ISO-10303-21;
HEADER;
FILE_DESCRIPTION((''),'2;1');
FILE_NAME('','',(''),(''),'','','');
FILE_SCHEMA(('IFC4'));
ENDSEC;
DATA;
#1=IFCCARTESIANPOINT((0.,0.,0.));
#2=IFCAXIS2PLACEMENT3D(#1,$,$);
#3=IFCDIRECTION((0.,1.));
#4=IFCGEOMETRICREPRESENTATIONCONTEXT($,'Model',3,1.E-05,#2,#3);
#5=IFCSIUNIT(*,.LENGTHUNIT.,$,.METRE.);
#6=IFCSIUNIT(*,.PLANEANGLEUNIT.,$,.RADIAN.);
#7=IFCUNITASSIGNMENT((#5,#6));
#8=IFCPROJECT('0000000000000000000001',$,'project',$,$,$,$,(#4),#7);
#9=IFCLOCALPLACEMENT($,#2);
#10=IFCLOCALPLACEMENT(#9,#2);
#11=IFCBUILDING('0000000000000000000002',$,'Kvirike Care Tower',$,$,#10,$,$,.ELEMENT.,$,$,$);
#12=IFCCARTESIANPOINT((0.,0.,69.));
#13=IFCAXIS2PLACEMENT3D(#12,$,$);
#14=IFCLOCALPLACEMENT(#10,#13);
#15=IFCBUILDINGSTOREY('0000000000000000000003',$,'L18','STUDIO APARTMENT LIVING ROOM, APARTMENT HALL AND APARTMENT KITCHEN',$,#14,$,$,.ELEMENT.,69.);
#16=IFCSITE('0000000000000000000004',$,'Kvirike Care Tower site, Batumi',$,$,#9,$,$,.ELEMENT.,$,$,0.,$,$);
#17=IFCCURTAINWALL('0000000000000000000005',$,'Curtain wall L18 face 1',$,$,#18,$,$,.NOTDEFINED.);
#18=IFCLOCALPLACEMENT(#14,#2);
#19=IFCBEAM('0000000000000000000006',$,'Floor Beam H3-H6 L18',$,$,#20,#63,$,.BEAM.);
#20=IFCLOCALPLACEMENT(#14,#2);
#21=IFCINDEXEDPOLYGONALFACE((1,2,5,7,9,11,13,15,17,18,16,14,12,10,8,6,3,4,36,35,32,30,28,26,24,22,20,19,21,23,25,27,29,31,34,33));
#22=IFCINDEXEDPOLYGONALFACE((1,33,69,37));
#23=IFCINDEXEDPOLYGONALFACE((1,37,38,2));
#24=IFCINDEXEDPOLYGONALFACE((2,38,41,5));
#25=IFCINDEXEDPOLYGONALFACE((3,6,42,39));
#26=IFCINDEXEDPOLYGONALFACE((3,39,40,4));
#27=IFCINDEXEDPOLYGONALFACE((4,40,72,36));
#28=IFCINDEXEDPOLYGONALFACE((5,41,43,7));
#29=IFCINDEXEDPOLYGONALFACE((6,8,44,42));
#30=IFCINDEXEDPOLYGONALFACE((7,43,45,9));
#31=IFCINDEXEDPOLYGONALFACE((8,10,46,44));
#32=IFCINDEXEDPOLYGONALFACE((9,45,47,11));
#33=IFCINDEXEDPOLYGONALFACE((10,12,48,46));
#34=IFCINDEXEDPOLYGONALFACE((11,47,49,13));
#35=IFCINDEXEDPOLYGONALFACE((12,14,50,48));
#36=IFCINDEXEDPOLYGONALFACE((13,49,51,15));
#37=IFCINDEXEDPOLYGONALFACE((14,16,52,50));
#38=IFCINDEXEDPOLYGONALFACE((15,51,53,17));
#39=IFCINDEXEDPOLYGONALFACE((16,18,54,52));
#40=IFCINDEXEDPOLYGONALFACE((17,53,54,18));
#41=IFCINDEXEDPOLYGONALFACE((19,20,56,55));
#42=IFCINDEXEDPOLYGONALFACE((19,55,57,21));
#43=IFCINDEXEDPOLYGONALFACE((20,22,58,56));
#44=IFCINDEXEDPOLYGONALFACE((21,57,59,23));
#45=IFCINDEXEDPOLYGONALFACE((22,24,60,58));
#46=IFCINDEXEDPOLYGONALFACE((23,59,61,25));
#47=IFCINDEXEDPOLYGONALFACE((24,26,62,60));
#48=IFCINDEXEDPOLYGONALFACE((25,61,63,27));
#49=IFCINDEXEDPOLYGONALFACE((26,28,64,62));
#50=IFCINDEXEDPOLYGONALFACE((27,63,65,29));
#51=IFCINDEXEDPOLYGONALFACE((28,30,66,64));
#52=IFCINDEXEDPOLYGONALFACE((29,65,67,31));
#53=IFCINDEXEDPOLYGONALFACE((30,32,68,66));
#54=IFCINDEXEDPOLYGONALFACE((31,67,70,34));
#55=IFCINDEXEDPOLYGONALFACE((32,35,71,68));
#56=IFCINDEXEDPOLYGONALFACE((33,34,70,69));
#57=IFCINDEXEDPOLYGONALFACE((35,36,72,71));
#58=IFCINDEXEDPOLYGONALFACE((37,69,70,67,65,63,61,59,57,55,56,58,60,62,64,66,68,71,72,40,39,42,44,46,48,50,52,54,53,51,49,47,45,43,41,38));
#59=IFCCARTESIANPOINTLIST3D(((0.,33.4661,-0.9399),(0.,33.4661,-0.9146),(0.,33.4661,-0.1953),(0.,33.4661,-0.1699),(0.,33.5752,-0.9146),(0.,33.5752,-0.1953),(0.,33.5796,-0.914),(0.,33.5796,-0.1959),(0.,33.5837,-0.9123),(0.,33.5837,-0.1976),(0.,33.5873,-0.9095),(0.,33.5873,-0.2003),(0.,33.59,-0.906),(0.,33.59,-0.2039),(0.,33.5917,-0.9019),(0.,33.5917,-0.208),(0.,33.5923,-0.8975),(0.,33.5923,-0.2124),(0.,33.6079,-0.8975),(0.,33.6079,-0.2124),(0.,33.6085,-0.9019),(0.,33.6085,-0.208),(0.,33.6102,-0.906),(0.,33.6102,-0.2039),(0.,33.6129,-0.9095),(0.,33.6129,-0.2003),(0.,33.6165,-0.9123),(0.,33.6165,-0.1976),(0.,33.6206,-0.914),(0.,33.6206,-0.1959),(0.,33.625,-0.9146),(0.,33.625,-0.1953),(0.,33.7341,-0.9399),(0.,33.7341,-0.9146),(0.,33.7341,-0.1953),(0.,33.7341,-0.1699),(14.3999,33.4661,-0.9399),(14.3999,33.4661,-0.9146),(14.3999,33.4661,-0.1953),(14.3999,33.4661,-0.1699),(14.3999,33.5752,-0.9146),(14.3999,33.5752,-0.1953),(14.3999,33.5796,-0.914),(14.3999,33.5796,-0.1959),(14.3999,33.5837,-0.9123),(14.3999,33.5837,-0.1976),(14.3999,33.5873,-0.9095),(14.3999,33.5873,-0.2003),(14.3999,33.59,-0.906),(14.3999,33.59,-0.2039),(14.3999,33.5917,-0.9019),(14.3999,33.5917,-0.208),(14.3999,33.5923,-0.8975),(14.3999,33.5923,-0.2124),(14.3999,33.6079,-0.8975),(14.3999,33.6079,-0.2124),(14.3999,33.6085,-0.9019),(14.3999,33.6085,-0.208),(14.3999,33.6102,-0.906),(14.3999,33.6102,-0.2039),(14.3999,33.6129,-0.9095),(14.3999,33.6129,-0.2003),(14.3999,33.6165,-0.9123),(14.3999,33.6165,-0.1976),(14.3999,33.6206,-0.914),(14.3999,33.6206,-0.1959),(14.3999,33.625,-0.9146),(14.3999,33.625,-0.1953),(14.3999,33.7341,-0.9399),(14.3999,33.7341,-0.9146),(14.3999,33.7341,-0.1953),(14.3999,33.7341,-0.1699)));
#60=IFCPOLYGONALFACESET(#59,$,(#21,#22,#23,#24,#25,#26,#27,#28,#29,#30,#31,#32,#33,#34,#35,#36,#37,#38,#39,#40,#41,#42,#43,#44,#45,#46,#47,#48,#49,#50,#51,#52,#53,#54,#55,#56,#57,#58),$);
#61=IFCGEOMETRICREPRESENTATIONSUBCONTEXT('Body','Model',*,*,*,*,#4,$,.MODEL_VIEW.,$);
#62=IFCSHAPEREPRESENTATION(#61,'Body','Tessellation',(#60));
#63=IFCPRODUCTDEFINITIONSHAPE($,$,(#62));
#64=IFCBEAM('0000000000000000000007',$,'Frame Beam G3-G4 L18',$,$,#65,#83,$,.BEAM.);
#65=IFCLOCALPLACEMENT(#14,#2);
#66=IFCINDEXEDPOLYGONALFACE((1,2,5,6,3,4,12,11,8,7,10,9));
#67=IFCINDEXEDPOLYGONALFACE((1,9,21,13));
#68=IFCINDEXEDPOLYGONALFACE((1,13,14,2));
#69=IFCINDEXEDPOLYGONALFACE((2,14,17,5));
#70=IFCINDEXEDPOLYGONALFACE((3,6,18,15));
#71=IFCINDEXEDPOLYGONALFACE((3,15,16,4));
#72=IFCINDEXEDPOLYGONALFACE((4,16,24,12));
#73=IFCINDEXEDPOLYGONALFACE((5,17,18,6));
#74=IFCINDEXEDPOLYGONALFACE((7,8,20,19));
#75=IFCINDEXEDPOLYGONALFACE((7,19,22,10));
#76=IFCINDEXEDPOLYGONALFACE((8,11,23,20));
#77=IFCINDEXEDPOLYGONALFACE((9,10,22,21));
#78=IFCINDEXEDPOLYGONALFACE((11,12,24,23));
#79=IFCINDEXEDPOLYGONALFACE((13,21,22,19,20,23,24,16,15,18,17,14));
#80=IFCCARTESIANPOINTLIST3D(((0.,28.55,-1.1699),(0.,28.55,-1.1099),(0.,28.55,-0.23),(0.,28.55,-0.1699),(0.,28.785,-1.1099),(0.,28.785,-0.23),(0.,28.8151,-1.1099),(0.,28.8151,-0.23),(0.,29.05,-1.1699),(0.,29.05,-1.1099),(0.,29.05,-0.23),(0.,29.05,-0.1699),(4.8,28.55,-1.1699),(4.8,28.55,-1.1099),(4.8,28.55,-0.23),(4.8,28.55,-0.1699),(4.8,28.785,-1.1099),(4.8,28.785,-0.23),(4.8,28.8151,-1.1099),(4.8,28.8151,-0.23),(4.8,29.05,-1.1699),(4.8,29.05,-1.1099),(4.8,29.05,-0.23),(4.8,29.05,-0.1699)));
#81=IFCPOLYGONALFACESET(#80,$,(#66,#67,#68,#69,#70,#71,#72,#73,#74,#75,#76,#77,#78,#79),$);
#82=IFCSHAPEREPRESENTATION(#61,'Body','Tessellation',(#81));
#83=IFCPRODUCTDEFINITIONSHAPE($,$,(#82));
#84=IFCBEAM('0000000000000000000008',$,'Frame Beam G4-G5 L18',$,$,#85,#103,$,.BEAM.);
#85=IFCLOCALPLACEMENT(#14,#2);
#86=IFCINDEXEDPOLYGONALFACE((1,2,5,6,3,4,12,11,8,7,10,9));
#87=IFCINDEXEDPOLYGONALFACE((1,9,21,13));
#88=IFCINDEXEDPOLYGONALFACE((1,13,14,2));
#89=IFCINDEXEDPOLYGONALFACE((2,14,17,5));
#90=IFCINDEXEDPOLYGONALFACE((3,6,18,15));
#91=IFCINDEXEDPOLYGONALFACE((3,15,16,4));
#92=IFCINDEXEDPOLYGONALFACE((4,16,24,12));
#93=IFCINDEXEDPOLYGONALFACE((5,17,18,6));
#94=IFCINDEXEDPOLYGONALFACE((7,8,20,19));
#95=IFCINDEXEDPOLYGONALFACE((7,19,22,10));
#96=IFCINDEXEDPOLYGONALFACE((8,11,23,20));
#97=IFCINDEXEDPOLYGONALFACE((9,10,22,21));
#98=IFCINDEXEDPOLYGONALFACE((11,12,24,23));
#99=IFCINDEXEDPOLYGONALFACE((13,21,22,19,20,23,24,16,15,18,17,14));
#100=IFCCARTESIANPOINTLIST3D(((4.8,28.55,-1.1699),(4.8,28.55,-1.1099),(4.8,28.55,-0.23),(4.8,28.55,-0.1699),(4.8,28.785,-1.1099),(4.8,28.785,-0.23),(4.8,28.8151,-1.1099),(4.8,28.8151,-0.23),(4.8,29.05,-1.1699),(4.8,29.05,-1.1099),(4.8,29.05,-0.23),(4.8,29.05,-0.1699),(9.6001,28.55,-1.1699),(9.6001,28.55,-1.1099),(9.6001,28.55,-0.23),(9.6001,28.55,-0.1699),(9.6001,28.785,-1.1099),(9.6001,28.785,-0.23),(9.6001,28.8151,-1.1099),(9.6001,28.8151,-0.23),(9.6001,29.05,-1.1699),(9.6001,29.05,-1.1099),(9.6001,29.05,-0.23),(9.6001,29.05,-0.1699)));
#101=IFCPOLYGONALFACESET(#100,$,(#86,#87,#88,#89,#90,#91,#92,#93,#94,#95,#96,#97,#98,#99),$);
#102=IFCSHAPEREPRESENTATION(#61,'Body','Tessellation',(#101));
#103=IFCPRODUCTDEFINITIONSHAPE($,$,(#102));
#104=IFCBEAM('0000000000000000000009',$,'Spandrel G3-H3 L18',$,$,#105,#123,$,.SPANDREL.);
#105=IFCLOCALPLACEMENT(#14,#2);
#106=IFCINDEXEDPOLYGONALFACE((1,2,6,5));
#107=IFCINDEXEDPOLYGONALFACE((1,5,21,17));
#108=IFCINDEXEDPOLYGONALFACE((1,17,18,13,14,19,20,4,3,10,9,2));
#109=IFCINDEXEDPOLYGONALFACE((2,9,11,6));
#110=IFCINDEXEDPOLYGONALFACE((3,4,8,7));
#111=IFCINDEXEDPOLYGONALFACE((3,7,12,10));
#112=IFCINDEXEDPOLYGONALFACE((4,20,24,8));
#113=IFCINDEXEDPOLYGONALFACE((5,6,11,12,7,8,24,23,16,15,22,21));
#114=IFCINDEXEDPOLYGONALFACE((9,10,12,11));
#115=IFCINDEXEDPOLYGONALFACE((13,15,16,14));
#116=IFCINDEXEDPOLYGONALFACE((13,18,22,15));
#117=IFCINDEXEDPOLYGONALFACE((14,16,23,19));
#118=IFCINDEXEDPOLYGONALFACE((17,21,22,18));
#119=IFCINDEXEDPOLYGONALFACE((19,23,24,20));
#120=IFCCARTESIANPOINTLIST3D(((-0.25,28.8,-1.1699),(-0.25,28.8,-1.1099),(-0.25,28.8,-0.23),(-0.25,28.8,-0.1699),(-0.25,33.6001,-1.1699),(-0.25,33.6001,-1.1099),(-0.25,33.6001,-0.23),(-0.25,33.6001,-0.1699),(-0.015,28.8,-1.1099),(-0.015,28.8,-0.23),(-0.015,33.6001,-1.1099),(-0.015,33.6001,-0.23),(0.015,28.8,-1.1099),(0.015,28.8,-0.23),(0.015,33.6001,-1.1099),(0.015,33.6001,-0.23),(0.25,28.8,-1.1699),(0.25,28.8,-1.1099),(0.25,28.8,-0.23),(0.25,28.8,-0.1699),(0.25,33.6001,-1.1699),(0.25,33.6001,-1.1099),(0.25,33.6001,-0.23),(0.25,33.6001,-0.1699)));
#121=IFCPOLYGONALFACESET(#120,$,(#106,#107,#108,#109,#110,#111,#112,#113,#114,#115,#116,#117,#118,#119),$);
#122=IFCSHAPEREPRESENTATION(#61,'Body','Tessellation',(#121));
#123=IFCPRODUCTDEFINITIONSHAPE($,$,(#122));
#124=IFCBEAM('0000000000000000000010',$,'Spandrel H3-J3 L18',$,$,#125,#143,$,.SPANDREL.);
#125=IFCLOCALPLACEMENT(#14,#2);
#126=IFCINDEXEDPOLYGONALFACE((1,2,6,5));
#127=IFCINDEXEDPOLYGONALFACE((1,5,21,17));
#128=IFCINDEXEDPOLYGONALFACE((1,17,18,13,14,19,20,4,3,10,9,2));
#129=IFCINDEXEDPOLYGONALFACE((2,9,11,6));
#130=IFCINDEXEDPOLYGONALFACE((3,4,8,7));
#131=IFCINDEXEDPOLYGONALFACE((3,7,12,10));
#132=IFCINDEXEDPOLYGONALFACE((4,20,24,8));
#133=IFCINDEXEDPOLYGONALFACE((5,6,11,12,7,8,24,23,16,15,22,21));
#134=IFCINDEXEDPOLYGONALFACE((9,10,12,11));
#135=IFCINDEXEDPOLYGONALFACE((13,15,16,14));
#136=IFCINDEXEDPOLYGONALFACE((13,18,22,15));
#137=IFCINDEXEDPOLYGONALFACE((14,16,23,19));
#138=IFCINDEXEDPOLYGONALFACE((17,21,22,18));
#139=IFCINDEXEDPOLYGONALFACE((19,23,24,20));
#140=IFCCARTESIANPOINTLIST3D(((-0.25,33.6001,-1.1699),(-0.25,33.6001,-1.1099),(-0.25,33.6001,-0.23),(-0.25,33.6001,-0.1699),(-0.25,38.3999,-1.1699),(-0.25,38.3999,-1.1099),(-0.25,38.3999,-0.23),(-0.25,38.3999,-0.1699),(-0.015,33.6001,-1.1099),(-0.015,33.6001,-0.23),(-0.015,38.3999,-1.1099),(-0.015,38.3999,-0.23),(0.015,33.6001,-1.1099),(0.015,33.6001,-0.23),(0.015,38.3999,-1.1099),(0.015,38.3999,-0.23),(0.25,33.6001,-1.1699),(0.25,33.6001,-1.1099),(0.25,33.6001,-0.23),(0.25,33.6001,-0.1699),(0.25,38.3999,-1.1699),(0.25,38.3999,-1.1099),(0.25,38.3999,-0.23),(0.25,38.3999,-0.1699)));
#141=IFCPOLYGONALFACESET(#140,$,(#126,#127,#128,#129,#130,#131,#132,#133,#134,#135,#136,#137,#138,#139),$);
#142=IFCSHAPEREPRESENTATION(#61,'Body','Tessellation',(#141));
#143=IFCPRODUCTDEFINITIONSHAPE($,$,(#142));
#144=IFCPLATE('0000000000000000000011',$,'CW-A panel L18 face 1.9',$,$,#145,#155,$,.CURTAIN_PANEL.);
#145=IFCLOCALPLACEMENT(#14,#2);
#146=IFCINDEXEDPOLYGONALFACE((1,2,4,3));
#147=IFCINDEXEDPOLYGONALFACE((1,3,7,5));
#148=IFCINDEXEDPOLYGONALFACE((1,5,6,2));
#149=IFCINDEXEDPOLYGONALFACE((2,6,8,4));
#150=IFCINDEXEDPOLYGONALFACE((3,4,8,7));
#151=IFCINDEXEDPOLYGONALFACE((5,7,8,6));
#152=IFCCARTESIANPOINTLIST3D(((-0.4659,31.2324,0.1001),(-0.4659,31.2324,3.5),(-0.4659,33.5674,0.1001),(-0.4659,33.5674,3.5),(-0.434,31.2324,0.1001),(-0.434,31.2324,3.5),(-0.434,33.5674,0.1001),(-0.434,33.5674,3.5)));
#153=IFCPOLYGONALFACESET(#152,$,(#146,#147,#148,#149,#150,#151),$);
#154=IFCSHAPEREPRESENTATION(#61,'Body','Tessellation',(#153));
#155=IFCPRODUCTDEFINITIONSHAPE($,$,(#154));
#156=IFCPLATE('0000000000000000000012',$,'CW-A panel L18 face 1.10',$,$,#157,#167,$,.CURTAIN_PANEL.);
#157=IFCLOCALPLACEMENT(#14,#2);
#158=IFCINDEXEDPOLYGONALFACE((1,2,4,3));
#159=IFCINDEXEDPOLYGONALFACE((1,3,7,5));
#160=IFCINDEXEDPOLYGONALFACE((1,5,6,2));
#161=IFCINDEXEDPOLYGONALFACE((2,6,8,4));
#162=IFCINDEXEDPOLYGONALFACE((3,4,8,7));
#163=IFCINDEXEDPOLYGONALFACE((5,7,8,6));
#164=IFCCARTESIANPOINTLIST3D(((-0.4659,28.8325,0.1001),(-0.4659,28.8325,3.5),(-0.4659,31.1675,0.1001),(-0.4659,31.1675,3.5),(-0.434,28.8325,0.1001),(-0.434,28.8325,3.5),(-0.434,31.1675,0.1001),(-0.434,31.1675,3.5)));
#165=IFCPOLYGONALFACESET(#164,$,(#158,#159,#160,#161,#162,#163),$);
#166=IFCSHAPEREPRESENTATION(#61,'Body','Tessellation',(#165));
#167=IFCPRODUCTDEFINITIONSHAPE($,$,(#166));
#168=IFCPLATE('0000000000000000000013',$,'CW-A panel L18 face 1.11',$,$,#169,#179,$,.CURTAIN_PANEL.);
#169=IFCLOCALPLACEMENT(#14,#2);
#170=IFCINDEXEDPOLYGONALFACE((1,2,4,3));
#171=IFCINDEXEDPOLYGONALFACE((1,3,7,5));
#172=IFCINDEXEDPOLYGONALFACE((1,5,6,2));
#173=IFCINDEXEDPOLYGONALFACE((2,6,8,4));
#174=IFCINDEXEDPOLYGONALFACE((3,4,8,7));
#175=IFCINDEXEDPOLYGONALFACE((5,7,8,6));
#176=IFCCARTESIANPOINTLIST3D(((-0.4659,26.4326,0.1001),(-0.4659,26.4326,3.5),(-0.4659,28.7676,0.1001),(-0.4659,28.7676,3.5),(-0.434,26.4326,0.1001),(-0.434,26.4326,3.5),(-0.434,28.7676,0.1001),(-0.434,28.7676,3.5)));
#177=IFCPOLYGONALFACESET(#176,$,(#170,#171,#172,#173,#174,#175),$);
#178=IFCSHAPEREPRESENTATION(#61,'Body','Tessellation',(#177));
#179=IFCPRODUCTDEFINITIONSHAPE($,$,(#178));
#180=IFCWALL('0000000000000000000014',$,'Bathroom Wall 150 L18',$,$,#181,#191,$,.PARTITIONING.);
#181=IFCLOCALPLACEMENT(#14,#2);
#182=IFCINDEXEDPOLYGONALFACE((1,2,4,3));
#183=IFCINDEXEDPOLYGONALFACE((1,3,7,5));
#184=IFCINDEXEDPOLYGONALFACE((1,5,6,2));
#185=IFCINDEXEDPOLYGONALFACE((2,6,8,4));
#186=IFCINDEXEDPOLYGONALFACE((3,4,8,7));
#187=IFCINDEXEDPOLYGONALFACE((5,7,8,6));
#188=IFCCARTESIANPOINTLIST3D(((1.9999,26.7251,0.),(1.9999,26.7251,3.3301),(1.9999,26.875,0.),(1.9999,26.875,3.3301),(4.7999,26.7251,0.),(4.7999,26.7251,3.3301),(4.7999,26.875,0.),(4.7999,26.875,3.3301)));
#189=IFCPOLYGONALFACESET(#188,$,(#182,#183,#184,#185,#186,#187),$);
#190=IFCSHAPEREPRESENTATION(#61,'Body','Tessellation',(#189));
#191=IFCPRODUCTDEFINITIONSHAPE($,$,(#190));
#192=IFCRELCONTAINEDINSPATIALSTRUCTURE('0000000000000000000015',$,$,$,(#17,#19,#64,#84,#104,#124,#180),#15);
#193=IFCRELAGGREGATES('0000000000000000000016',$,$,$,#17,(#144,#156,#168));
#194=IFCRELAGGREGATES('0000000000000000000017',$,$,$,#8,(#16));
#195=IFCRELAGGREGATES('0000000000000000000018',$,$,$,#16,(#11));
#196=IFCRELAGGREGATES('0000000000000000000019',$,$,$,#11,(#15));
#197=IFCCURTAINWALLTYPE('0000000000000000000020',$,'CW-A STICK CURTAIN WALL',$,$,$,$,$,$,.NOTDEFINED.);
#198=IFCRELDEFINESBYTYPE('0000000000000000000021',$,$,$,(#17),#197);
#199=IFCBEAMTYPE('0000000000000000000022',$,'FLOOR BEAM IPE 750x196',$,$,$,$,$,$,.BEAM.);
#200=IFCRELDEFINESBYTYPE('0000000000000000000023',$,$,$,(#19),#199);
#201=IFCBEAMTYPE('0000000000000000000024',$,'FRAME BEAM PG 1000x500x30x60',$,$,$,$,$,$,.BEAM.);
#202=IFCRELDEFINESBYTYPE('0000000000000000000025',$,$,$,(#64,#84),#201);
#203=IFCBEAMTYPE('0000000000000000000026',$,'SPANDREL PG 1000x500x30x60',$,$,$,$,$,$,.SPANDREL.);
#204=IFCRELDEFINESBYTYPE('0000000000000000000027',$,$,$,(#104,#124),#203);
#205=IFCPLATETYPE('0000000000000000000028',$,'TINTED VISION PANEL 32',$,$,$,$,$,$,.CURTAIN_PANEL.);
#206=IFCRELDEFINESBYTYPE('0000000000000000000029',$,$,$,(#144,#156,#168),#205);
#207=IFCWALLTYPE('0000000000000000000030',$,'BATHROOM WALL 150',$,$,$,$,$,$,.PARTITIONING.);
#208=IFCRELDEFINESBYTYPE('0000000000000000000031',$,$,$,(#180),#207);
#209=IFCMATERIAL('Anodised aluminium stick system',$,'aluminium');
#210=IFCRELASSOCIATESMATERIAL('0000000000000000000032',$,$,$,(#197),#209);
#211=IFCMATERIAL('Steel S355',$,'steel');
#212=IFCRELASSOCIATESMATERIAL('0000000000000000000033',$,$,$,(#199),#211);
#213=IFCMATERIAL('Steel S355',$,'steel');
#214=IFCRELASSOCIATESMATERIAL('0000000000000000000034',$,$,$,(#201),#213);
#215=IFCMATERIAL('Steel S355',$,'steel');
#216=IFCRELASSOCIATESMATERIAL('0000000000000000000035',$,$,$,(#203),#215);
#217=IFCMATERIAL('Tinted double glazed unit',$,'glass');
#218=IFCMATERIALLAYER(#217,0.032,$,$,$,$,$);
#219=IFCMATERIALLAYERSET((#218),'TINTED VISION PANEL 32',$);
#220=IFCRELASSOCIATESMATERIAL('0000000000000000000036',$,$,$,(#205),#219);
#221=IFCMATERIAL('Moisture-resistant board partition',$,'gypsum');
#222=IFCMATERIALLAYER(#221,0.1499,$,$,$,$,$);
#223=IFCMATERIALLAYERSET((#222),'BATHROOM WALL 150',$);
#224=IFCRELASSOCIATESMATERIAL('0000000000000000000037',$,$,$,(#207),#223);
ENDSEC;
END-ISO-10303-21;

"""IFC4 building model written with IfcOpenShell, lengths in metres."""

from ifc_helpers import new_model, si_unit, direction, frame, frame_2d, origin, origin_2d, place, context, subcontext, project, spatial, rectangle, i_section, extrude, material, layer, layer_set, material_profile, profile_set, type_object, element, aggregate, save


model = new_model("IFC4")

# Units and contexts
model_context = context("Model", 3, precision=1e-05, world=origin(), true_north=direction((0.0, 1.0)))
body_context = subcontext(model_context, "Body", "Model", "MODEL_VIEW")
ifc_project = project(units=[si_unit("LENGTHUNIT", "METRE"), si_unit("PLANEANGLEUNIT", "RADIAN")], contexts=[model_context])

# Site, building, storey
site_placement = place(None, origin())
site = spatial("IfcSite", under=ifc_project, at=site_placement, Name="Kvirike Care Tower site, Batumi", CompositionType="ELEMENT", RefElevation=0.0)
building_placement = place(site_placement, origin())
building = spatial("IfcBuilding", under=site, at=building_placement, Name="Kvirike Care Tower", CompositionType="ELEMENT")
storey_placement = place(building_placement, frame((0.0, 0.0, 69.0)))
storey = spatial("IfcBuildingStorey", under=building, at=storey_placement, Name="L18", Description="STUDIO APARTMENT LIVING ROOM, APARTMENT HALL AND APARTMENT KITCHEN", CompositionType="ELEMENT", Elevation=69.0)

# Curtain wall
ifc_material_1 = material(Name="Anodised aluminium stick system", Category="aluminium")
curtain_wall_type = type_object("IfcCurtainWallType", Name="CW-A STICK CURTAIN WALL", PredefinedType="NOTDEFINED", material=ifc_material_1)
curtain_wall_placement = place(storey_placement, origin())
curtain_wall = element("IfcCurtainWall", 1, at=curtain_wall_placement, inside=storey, type_object=curtain_wall_type, Name="Curtain wall L18 face 1", PredefinedType="NOTDEFINED")

# Beams
ifc_material_2 = material(Name="Steel S355", Category="steel")
ifc_material_profile_1 = material_profile(ifc_material_2, i_section(OverallWidth=0.2681, OverallDepth=0.77, WebThickness=0.0156, FlangeThickness=0.0254, FilletRadius=0.0171, at=origin_2d()), Name="IPE 750x196")
ifc_profile_set_1 = profile_set([ifc_material_profile_1], Name="Steel S355")
beam_type_1 = type_object("IfcBeamType", Name="FLOOR BEAM IPE 750x196", PredefinedType="BEAM", material=ifc_profile_set_1)
beam_1_placement = place(storey_placement, frame((0.0, 33.6001, -0.5549), z_axis=(1.0, 0.0, 0.0), x_axis=(0.0, 1.0, 0.0)))
element("IfcBeam", 2, at=beam_1_placement, inside=storey, type_object=beam_type_1, Name="Floor Beam H3-H6 L18", PredefinedType="BEAM", context=body_context, shape_type="SweptSolid", body=[
    extrude(i_section(OverallWidth=0.2681, OverallDepth=0.77, WebThickness=0.0156, FlangeThickness=0.0254, FilletRadius=0.0171, at=origin_2d()), origin(), (0.0, 0.0, 1.0), 14.3999),
])
ifc_material_3 = material(Name="Steel S355", Category="steel")
ifc_material_profile_2 = material_profile(ifc_material_3, i_section(OverallWidth=0.5, OverallDepth=1.0, WebThickness=0.03, FlangeThickness=0.0601, at=origin_2d()), Name="PG 1000x500x30x60")
ifc_profile_set_2 = profile_set([ifc_material_profile_2], Name="Steel S355")
beam_type_2 = type_object("IfcBeamType", Name="FRAME BEAM PG 1000x500x30x60", PredefinedType="BEAM", material=ifc_profile_set_2)
for number, where, z_axis, x_axis, name in (
    (3, (0.0, 28.8, -0.6699), (1.0, 0.0, 0.0), (0.0, 1.0, 0.0), "Frame Beam G3-G4 L18"),
    (4, (4.8, 28.8, -0.6699), (1.0, 0.0, 0.0), (0.0, 1.0, 0.0), "Frame Beam G4-G5 L18"),
):
    element("IfcBeam", number, at=place(storey_placement, frame(where, z_axis=z_axis, x_axis=x_axis)), inside=storey, type_object=beam_type_2, Name=name, PredefinedType="BEAM", context=body_context, shape_type="SweptSolid", body=[
        extrude(i_section(OverallWidth=0.5, OverallDepth=1.0, WebThickness=0.03, FlangeThickness=0.0601, at=origin_2d()), origin(), (0.0, 0.0, 1.0), 4.8),
    ])
ifc_material_4 = material(Name="Steel S355", Category="steel")
ifc_material_profile_3 = material_profile(ifc_material_4, i_section(OverallWidth=0.5, OverallDepth=1.0, WebThickness=0.03, FlangeThickness=0.0601, at=origin_2d()), Name="PG 1000x500x30x60")
ifc_profile_set_3 = profile_set([ifc_material_profile_3], Name="Steel S355")
beam_type_3 = type_object("IfcBeamType", Name="SPANDREL PG 1000x500x30x60", PredefinedType="SPANDREL", material=ifc_profile_set_3)
beam_2_placement = place(storey_placement, frame((0.0, 28.8, -0.6699), z_axis=(0.0, 1.0, 0.0), x_axis=(-1.0, 0.0, 0.0)))
element("IfcBeam", 5, at=beam_2_placement, inside=storey, type_object=beam_type_3, Name="Spandrel G3-H3 L18", PredefinedType="SPANDREL", context=body_context, shape_type="SweptSolid", body=[
    extrude(i_section(OverallWidth=0.5, OverallDepth=1.0, WebThickness=0.03, FlangeThickness=0.0601, at=origin_2d()), origin(), (0.0, 0.0, 1.0), 4.8),
])
beam_3_placement = place(storey_placement, frame((0.0, 33.6001, -0.6699), z_axis=(0.0, 1.0, 0.0), x_axis=(-1.0, 0.0, 0.0)))
element("IfcBeam", 6, at=beam_3_placement, inside=storey, type_object=beam_type_3, Name="Spandrel H3-J3 L18", PredefinedType="SPANDREL", context=body_context, shape_type="SweptSolid", body=[
    extrude(i_section(OverallWidth=0.5, OverallDepth=1.0, WebThickness=0.03, FlangeThickness=0.0601, at=origin_2d()), origin(), (0.0, 0.0, 1.0), 4.7998),
])

# Plates
ifc_material_5 = material(Name="Tinted double glazed unit", Category="glass")
ifc_layer_1 = layer(ifc_material_5, 0.032)
ifc_layer_set_1 = layer_set([ifc_layer_1], Name="TINTED VISION PANEL 32")
plate_type = type_object("IfcPlateType", Name="TINTED VISION PANEL 32", PredefinedType="CURTAIN_PANEL", material=ifc_layer_set_1)
plate_1_placement = place(storey_placement, frame((-0.45, 32.3999, 0.1001), z_axis=(0.0, 0.0, 1.0), x_axis=(0.0, -1.0, 0.0)))
plate_1 = element("IfcPlate", 7, at=plate_1_placement, type_object=plate_type, Name="CW-A panel L18 face 1.9", PredefinedType="CURTAIN_PANEL", context=body_context, shape_type="SweptSolid", body=[
    extrude(rectangle(XDim=2.335, YDim=0.032, at=origin_2d()), origin(), (0.0, 0.0, 1.0), 3.3999),
])
plate_2_placement = place(storey_placement, frame((-0.45, 30.0, 0.1001), z_axis=(0.0, 0.0, 1.0), x_axis=(0.0, -1.0, 0.0)))
plate_2 = element("IfcPlate", 8, at=plate_2_placement, type_object=plate_type, Name="CW-A panel L18 face 1.10", PredefinedType="CURTAIN_PANEL", context=body_context, shape_type="SweptSolid", body=[
    extrude(rectangle(XDim=2.335, YDim=0.032, at=origin_2d()), origin(), (0.0, 0.0, 1.0), 3.3999),
])
plate_3_placement = place(storey_placement, frame((-0.45, 27.6001, 0.1001), z_axis=(0.0, 0.0, 1.0), x_axis=(0.0, -1.0, 0.0)))
plate_3 = element("IfcPlate", 9, at=plate_3_placement, type_object=plate_type, Name="CW-A panel L18 face 1.11", PredefinedType="CURTAIN_PANEL", context=body_context, shape_type="SweptSolid", body=[
    extrude(rectangle(XDim=2.335, YDim=0.032, at=origin_2d()), origin(), (0.0, 0.0, 1.0), 3.3999),
])
aggregate(curtain_wall, [plate_1, plate_2, plate_3])

# Wall
ifc_material_6 = material(Name="Moisture-resistant board partition", Category="gypsum")
ifc_layer_2 = layer(ifc_material_6, 0.1499)
ifc_layer_set_2 = layer_set([ifc_layer_2], Name="BATHROOM WALL 150")
wall_type_1 = type_object("IfcWallType", Name="BATHROOM WALL 150", PredefinedType="PARTITIONING", material=ifc_layer_set_2)
wall_1_placement = place(storey_placement, frame((2.0, 26.8, 0.0), z_axis=(0.0, 0.0, 1.0), x_axis=(1.0, 0.0, 0.0)))
element("IfcWall", 10, at=wall_1_placement, inside=storey, type_object=wall_type_1, Name="Bathroom Wall 150 L18", PredefinedType="PARTITIONING", context=body_context, shape_type="SweptSolid", body=[
    extrude(rectangle(XDim=2.8, YDim=0.1499, at=frame_2d((1.3999, 0.0))), origin(), (0.0, 0.0, 1.0), 3.3301),
])

save(model, "model.ifc")
